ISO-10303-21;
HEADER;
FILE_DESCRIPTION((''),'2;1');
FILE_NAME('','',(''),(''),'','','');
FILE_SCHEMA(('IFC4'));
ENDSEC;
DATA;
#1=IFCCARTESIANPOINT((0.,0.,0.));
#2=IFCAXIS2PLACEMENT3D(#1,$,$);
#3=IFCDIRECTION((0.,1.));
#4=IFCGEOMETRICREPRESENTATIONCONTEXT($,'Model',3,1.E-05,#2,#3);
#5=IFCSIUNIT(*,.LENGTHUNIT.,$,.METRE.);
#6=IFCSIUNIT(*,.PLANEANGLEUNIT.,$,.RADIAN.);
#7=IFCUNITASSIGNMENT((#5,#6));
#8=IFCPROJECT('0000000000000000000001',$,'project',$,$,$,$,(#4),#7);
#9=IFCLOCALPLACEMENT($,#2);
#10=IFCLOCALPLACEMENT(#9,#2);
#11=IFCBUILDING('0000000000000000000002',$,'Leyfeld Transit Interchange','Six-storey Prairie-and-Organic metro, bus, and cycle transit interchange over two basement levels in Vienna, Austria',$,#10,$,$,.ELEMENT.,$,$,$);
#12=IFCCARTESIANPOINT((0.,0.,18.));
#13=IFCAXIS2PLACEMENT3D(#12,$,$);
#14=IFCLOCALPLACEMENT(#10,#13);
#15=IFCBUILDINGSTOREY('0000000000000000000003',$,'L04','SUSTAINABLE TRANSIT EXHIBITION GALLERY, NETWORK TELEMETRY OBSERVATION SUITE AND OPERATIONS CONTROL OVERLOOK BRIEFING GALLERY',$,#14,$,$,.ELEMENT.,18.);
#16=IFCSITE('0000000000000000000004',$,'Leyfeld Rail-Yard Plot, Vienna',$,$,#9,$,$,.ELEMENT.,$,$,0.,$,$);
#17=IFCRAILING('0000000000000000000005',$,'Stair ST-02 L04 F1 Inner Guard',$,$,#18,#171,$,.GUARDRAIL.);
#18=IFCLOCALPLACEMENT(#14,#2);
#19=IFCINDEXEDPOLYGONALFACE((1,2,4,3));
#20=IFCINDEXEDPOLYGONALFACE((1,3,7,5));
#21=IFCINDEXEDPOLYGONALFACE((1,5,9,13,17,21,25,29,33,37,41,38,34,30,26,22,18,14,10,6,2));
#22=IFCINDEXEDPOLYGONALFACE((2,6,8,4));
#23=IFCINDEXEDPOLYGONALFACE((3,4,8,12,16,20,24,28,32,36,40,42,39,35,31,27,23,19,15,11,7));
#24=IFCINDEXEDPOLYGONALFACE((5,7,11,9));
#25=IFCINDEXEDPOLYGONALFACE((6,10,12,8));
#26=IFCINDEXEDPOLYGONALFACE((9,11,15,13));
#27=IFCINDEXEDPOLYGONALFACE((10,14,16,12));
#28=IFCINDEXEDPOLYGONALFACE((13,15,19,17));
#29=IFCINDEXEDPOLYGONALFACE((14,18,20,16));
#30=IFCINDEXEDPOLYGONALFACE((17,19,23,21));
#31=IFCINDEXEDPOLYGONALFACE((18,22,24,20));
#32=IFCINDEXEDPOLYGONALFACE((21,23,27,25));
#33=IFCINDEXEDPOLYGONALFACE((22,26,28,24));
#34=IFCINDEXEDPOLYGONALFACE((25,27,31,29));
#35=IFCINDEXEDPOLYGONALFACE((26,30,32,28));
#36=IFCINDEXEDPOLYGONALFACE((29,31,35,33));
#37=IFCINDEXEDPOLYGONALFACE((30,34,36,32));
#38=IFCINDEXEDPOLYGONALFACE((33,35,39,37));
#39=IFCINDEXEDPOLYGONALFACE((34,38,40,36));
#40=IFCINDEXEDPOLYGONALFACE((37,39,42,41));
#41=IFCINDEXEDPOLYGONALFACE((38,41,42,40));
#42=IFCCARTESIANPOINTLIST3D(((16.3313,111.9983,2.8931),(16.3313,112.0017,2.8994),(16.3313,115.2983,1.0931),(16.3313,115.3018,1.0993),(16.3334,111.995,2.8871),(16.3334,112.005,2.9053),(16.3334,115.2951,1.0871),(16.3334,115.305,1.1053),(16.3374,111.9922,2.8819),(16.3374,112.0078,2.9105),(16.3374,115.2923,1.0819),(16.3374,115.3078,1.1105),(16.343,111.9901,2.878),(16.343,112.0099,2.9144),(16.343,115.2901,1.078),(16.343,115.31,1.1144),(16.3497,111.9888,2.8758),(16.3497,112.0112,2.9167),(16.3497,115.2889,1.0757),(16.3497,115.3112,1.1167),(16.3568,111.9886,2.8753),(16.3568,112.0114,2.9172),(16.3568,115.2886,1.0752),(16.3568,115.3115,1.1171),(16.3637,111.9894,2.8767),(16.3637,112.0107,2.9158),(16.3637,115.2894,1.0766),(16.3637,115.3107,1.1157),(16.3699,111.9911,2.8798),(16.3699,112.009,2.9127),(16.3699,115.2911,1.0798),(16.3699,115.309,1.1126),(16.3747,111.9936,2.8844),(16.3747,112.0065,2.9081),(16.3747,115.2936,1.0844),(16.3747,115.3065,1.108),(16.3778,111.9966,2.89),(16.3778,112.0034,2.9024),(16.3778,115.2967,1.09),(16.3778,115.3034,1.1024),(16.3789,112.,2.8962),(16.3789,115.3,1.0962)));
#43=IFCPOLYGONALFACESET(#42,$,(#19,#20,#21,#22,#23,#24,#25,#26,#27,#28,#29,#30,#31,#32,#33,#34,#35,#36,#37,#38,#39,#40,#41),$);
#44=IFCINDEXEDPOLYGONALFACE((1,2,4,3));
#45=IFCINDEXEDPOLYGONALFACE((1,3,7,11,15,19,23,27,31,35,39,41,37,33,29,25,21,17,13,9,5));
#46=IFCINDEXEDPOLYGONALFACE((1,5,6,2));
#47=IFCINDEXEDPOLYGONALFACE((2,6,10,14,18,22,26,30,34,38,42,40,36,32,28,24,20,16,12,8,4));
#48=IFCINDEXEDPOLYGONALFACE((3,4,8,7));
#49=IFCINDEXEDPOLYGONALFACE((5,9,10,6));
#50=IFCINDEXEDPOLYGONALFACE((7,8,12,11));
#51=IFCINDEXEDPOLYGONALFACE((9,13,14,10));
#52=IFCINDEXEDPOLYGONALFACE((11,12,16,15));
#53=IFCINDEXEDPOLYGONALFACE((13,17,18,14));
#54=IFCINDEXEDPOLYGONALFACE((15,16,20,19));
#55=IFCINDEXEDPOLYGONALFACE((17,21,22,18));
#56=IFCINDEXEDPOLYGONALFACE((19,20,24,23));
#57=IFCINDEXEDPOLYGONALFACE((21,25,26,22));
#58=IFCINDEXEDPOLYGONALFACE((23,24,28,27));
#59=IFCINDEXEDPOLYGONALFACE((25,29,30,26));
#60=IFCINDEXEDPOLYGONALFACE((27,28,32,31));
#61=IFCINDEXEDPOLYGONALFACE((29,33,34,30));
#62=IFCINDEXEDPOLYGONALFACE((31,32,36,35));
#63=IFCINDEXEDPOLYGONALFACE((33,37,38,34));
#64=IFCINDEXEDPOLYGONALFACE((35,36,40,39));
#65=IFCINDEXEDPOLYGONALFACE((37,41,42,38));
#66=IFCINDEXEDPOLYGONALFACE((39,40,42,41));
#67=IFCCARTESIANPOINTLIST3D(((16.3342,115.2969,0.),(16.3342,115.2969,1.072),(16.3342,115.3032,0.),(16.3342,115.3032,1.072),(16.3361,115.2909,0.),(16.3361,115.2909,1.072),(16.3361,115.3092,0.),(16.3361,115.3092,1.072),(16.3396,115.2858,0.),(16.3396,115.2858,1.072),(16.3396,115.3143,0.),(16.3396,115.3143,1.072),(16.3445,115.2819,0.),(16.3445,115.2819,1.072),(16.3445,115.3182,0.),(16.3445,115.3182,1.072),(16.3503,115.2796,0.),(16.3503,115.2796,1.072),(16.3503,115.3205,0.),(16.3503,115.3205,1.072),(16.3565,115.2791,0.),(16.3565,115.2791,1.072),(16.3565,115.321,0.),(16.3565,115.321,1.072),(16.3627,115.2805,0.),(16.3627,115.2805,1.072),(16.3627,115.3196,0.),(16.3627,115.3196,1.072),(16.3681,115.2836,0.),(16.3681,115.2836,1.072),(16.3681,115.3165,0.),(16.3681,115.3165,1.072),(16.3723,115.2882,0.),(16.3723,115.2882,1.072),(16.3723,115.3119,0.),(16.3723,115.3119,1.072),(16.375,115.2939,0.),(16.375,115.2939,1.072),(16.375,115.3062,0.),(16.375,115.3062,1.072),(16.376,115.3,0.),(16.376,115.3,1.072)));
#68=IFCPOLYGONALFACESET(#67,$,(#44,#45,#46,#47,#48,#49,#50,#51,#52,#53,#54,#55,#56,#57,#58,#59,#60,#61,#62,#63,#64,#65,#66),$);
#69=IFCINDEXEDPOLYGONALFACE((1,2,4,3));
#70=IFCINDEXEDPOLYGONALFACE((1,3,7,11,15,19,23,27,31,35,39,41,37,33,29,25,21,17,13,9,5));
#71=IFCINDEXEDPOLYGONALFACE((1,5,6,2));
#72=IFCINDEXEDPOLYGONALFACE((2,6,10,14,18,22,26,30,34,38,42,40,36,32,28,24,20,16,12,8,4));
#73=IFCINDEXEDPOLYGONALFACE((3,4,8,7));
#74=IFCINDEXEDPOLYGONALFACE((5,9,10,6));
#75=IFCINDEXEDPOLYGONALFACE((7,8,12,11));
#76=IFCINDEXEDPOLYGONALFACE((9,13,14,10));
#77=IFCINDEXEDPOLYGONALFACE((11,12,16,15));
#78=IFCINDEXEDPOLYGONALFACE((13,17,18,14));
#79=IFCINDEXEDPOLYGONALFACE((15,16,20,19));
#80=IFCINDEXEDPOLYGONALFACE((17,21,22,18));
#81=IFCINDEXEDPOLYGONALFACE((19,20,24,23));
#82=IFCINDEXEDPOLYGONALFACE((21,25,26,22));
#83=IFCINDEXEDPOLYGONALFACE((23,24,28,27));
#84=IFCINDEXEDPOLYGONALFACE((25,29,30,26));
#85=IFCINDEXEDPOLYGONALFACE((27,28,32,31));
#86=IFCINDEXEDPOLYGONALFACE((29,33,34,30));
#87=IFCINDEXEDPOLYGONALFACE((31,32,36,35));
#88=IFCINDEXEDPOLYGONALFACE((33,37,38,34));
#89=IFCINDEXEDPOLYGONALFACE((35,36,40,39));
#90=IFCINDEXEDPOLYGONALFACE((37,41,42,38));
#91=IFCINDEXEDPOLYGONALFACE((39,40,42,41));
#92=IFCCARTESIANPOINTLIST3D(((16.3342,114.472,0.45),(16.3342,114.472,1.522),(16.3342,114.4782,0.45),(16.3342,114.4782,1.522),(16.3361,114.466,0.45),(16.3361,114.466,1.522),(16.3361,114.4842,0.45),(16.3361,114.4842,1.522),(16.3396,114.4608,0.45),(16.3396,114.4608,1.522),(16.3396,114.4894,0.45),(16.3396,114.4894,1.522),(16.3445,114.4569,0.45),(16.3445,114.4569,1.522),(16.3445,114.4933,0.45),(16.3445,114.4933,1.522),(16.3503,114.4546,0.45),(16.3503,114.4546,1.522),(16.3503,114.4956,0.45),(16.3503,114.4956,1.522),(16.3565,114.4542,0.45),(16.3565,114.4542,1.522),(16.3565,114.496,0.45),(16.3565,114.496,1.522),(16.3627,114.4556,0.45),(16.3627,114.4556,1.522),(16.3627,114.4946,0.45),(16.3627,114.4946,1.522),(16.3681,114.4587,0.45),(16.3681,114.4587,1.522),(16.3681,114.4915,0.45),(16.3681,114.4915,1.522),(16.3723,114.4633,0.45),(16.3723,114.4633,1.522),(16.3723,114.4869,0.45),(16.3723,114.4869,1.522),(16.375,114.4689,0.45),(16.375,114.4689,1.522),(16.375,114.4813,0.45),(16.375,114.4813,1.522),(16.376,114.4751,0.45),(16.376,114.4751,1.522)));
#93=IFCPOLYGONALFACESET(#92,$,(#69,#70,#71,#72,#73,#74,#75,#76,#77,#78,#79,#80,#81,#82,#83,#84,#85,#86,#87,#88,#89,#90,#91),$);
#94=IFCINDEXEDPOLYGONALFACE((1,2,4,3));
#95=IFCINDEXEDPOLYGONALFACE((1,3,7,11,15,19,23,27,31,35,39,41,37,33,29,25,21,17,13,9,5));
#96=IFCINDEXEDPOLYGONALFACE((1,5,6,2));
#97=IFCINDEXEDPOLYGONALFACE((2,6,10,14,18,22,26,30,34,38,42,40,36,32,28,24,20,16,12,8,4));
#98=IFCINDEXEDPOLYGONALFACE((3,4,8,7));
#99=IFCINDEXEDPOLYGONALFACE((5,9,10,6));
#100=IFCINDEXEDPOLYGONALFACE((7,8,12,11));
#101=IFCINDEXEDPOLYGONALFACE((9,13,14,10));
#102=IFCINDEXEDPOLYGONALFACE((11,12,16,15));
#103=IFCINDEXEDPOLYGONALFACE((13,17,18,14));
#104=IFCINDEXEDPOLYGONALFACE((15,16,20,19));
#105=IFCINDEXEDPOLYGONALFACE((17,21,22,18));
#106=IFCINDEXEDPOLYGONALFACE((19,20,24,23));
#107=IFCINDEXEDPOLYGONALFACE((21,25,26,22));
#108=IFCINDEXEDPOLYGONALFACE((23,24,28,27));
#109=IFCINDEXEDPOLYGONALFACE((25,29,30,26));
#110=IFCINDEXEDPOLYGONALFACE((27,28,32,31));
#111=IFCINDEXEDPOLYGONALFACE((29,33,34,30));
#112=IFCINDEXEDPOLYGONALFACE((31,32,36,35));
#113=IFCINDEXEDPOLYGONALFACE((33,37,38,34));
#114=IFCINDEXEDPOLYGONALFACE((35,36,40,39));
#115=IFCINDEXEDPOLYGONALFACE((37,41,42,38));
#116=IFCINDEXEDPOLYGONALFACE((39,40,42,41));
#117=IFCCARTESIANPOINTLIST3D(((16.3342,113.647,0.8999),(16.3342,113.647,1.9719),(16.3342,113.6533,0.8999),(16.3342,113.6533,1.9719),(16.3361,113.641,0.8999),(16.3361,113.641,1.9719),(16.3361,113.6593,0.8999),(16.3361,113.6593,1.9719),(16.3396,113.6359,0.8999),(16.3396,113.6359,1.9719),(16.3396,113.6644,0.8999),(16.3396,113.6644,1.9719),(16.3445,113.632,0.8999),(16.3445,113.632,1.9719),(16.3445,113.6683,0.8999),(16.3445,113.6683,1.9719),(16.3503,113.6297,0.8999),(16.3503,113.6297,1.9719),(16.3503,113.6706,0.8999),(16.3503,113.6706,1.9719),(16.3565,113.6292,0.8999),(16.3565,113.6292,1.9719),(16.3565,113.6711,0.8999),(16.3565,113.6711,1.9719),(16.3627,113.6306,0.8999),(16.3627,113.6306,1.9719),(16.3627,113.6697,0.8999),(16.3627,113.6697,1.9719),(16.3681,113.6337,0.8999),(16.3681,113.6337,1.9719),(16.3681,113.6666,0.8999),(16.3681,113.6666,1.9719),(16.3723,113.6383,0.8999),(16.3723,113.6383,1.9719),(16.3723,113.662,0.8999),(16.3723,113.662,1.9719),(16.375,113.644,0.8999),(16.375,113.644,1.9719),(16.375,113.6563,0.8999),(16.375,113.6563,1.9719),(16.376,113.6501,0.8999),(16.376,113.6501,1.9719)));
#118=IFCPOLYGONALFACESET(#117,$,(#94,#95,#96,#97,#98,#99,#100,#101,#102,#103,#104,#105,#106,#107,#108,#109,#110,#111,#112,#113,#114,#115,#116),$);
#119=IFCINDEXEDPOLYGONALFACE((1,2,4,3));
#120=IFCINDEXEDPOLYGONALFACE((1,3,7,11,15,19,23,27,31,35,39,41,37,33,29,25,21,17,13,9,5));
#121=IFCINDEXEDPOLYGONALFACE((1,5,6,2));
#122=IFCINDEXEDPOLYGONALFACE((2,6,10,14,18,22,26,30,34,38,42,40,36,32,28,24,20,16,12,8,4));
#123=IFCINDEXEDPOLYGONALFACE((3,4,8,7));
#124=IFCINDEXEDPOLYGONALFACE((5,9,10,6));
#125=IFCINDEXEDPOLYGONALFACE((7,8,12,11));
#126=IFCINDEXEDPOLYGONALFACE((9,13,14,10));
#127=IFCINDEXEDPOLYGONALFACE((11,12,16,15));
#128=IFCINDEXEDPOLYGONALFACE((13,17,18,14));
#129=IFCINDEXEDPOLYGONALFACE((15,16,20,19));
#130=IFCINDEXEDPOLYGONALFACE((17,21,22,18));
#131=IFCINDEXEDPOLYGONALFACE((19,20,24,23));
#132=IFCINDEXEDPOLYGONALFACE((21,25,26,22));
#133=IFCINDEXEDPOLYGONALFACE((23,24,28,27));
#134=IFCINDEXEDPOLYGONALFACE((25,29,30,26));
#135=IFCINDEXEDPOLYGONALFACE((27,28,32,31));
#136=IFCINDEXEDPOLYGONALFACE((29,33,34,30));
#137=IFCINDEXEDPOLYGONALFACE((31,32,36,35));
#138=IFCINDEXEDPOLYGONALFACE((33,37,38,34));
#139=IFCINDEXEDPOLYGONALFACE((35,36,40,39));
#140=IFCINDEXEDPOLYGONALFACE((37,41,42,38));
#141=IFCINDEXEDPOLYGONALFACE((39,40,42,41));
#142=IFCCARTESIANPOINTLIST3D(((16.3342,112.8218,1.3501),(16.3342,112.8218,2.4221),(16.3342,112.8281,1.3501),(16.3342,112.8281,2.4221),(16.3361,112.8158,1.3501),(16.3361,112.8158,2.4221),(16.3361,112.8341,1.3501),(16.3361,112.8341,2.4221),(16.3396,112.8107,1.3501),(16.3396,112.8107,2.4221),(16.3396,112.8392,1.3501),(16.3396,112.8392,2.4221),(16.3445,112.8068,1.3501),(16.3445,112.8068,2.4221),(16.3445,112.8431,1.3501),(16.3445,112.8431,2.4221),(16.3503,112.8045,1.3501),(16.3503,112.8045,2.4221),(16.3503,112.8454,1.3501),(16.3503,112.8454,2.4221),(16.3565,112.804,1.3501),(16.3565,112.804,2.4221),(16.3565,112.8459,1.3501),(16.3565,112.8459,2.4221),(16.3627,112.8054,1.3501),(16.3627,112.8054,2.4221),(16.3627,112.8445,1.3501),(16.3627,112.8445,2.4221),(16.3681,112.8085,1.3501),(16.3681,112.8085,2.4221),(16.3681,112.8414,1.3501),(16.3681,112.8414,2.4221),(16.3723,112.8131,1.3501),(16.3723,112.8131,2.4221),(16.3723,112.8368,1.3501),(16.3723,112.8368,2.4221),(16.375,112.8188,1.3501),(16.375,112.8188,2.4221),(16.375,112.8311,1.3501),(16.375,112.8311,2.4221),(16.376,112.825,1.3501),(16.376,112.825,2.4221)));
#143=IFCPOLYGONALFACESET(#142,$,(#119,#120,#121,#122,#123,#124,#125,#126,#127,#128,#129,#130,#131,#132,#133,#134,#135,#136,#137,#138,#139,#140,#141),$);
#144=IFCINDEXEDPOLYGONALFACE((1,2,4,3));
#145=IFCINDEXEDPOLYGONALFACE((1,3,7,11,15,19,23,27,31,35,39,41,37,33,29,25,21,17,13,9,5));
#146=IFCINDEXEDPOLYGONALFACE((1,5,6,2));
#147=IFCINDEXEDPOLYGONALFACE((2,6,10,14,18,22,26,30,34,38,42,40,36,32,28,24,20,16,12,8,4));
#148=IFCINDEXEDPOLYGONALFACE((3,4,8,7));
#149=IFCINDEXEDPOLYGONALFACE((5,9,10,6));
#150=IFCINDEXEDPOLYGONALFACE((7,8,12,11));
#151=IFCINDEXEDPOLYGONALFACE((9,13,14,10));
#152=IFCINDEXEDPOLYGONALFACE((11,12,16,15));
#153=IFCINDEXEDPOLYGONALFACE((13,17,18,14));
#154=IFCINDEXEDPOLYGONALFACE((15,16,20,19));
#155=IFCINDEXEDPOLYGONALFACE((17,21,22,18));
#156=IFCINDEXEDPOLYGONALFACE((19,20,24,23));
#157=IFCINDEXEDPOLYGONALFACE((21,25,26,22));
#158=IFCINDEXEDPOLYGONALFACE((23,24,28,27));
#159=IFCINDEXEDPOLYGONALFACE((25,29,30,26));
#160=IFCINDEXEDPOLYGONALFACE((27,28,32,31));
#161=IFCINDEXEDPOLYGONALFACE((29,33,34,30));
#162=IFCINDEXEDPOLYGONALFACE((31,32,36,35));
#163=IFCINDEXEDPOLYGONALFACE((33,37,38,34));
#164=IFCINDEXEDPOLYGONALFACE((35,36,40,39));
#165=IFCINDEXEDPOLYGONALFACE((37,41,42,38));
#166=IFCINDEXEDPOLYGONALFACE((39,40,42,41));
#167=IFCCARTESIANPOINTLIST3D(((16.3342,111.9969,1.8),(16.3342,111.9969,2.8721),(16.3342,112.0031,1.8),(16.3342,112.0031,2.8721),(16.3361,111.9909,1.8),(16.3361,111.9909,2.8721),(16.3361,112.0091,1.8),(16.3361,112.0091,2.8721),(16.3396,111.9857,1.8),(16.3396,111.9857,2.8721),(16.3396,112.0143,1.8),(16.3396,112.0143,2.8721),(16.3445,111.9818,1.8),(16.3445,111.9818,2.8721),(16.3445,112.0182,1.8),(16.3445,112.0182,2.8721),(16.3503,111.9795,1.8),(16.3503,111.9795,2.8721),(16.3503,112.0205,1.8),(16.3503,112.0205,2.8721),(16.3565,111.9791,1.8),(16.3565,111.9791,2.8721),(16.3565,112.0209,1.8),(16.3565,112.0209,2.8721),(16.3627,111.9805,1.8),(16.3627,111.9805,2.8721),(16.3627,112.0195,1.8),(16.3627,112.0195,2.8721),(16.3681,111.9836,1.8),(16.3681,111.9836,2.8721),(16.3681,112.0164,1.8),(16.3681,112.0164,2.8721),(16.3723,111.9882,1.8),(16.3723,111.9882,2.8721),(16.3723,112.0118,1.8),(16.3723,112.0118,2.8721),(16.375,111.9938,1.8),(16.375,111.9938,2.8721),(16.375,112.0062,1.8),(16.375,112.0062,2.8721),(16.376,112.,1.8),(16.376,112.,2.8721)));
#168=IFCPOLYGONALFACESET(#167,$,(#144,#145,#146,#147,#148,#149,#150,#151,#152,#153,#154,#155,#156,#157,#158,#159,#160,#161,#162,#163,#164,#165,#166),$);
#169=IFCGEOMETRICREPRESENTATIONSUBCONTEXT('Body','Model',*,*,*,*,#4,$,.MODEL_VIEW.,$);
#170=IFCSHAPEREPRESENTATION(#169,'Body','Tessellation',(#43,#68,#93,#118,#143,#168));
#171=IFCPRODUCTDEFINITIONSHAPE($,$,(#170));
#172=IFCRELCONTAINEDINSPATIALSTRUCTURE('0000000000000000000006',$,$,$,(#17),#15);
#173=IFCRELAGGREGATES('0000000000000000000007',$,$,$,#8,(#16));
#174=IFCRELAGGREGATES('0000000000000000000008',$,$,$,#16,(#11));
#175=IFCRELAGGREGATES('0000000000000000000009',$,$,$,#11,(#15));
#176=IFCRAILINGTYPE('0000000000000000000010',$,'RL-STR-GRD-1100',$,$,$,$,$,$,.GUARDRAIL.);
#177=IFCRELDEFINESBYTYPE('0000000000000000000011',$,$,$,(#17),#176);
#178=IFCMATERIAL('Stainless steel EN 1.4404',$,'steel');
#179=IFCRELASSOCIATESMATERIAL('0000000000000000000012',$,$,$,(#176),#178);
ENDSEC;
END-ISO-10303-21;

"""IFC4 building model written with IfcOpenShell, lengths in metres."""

from ifc_helpers import new_model, si_unit, direction, frame, origin, origin_2d, place, context, subcontext, project, spatial, circle, extrude, material, type_object, element, save


model = new_model("IFC4")

# Units and contexts
model_context = context("Model", 3, precision=1e-05, world=origin(), true_north=direction((0.0, 1.0)))
body_context = subcontext(model_context, "Body", "Model", "MODEL_VIEW")
ifc_project = project(units=[si_unit("LENGTHUNIT", "METRE"), si_unit("PLANEANGLEUNIT", "RADIAN")], contexts=[model_context])

# Site, building, storey
site_placement = place(None, origin())
site = spatial("IfcSite", under=ifc_project, at=site_placement, Name="Leyfeld Rail-Yard Plot, Vienna", CompositionType="ELEMENT", RefElevation=0.0)
building_placement = place(site_placement, origin())
building = spatial("IfcBuilding", under=site, at=building_placement, Name="Leyfeld Transit Interchange", Description="Six-storey Prairie-and-Organic metro, bus, and cycle transit interchange over two basement levels in Vienna, Austria", CompositionType="ELEMENT")
storey_placement = place(building_placement, frame((0.0, 0.0, 18.0)))
storey = spatial("IfcBuildingStorey", under=building, at=storey_placement, Name="L04", Description="SUSTAINABLE TRANSIT EXHIBITION GALLERY, NETWORK TELEMETRY OBSERVATION SUITE AND OPERATIONS CONTROL OVERLOOK BRIEFING GALLERY", CompositionType="ELEMENT", Elevation=18.0)

# Shared definitions
ifc_material_1 = material(Name="Stainless steel EN 1.4404", Category="steel")

# Railing
railing_type_1 = type_object("IfcRailingType", Name="RL-STR-GRD-1100", PredefinedType="GUARDRAIL", material=ifc_material_1)
for number, where, name in (
    (1, (16.355, 115.3, 0.0), "Stair ST-02 L04 F1 Inner Guard"),
):
    element("IfcRailing", number, at=place(storey_placement, frame(where)), inside=storey, type_object=railing_type_1, Name=name, PredefinedType="GUARDRAIL", context=body_context, shape_type="SweptSolid", body=[
        extrude(circle(Radius=0.0239, at=origin_2d()), frame((0.0, 0.0, 1.0962), z_axis=(0.0, -0.877893, 0.478857), x_axis=(1.0, 0.0, 0.0)), (0.0, 0.0, 1.0), 3.759),
        extrude(circle(Radius=0.021, at=origin_2d()), origin(), (0.0, 0.0, 1.0), 1.072),
        extrude(circle(Radius=0.021, at=origin_2d()), frame((0.0, -0.825, 0.45)), (0.0, 0.0, 1.0), 1.072),
        extrude(circle(Radius=0.021, at=origin_2d()), frame((0.0, -1.6499, 0.8999)), (0.0, 0.0, 1.0), 1.072),
        extrude(circle(Radius=0.021, at=origin_2d()), frame((0.0, -2.4751, 1.3501)), (0.0, 0.0, 1.0), 1.072),
        extrude(circle(Radius=0.021, at=origin_2d()), frame((0.0, -3.3, 1.8)), (0.0, 0.0, 1.0), 1.072),
    ])

save(model, "model.ifc")
